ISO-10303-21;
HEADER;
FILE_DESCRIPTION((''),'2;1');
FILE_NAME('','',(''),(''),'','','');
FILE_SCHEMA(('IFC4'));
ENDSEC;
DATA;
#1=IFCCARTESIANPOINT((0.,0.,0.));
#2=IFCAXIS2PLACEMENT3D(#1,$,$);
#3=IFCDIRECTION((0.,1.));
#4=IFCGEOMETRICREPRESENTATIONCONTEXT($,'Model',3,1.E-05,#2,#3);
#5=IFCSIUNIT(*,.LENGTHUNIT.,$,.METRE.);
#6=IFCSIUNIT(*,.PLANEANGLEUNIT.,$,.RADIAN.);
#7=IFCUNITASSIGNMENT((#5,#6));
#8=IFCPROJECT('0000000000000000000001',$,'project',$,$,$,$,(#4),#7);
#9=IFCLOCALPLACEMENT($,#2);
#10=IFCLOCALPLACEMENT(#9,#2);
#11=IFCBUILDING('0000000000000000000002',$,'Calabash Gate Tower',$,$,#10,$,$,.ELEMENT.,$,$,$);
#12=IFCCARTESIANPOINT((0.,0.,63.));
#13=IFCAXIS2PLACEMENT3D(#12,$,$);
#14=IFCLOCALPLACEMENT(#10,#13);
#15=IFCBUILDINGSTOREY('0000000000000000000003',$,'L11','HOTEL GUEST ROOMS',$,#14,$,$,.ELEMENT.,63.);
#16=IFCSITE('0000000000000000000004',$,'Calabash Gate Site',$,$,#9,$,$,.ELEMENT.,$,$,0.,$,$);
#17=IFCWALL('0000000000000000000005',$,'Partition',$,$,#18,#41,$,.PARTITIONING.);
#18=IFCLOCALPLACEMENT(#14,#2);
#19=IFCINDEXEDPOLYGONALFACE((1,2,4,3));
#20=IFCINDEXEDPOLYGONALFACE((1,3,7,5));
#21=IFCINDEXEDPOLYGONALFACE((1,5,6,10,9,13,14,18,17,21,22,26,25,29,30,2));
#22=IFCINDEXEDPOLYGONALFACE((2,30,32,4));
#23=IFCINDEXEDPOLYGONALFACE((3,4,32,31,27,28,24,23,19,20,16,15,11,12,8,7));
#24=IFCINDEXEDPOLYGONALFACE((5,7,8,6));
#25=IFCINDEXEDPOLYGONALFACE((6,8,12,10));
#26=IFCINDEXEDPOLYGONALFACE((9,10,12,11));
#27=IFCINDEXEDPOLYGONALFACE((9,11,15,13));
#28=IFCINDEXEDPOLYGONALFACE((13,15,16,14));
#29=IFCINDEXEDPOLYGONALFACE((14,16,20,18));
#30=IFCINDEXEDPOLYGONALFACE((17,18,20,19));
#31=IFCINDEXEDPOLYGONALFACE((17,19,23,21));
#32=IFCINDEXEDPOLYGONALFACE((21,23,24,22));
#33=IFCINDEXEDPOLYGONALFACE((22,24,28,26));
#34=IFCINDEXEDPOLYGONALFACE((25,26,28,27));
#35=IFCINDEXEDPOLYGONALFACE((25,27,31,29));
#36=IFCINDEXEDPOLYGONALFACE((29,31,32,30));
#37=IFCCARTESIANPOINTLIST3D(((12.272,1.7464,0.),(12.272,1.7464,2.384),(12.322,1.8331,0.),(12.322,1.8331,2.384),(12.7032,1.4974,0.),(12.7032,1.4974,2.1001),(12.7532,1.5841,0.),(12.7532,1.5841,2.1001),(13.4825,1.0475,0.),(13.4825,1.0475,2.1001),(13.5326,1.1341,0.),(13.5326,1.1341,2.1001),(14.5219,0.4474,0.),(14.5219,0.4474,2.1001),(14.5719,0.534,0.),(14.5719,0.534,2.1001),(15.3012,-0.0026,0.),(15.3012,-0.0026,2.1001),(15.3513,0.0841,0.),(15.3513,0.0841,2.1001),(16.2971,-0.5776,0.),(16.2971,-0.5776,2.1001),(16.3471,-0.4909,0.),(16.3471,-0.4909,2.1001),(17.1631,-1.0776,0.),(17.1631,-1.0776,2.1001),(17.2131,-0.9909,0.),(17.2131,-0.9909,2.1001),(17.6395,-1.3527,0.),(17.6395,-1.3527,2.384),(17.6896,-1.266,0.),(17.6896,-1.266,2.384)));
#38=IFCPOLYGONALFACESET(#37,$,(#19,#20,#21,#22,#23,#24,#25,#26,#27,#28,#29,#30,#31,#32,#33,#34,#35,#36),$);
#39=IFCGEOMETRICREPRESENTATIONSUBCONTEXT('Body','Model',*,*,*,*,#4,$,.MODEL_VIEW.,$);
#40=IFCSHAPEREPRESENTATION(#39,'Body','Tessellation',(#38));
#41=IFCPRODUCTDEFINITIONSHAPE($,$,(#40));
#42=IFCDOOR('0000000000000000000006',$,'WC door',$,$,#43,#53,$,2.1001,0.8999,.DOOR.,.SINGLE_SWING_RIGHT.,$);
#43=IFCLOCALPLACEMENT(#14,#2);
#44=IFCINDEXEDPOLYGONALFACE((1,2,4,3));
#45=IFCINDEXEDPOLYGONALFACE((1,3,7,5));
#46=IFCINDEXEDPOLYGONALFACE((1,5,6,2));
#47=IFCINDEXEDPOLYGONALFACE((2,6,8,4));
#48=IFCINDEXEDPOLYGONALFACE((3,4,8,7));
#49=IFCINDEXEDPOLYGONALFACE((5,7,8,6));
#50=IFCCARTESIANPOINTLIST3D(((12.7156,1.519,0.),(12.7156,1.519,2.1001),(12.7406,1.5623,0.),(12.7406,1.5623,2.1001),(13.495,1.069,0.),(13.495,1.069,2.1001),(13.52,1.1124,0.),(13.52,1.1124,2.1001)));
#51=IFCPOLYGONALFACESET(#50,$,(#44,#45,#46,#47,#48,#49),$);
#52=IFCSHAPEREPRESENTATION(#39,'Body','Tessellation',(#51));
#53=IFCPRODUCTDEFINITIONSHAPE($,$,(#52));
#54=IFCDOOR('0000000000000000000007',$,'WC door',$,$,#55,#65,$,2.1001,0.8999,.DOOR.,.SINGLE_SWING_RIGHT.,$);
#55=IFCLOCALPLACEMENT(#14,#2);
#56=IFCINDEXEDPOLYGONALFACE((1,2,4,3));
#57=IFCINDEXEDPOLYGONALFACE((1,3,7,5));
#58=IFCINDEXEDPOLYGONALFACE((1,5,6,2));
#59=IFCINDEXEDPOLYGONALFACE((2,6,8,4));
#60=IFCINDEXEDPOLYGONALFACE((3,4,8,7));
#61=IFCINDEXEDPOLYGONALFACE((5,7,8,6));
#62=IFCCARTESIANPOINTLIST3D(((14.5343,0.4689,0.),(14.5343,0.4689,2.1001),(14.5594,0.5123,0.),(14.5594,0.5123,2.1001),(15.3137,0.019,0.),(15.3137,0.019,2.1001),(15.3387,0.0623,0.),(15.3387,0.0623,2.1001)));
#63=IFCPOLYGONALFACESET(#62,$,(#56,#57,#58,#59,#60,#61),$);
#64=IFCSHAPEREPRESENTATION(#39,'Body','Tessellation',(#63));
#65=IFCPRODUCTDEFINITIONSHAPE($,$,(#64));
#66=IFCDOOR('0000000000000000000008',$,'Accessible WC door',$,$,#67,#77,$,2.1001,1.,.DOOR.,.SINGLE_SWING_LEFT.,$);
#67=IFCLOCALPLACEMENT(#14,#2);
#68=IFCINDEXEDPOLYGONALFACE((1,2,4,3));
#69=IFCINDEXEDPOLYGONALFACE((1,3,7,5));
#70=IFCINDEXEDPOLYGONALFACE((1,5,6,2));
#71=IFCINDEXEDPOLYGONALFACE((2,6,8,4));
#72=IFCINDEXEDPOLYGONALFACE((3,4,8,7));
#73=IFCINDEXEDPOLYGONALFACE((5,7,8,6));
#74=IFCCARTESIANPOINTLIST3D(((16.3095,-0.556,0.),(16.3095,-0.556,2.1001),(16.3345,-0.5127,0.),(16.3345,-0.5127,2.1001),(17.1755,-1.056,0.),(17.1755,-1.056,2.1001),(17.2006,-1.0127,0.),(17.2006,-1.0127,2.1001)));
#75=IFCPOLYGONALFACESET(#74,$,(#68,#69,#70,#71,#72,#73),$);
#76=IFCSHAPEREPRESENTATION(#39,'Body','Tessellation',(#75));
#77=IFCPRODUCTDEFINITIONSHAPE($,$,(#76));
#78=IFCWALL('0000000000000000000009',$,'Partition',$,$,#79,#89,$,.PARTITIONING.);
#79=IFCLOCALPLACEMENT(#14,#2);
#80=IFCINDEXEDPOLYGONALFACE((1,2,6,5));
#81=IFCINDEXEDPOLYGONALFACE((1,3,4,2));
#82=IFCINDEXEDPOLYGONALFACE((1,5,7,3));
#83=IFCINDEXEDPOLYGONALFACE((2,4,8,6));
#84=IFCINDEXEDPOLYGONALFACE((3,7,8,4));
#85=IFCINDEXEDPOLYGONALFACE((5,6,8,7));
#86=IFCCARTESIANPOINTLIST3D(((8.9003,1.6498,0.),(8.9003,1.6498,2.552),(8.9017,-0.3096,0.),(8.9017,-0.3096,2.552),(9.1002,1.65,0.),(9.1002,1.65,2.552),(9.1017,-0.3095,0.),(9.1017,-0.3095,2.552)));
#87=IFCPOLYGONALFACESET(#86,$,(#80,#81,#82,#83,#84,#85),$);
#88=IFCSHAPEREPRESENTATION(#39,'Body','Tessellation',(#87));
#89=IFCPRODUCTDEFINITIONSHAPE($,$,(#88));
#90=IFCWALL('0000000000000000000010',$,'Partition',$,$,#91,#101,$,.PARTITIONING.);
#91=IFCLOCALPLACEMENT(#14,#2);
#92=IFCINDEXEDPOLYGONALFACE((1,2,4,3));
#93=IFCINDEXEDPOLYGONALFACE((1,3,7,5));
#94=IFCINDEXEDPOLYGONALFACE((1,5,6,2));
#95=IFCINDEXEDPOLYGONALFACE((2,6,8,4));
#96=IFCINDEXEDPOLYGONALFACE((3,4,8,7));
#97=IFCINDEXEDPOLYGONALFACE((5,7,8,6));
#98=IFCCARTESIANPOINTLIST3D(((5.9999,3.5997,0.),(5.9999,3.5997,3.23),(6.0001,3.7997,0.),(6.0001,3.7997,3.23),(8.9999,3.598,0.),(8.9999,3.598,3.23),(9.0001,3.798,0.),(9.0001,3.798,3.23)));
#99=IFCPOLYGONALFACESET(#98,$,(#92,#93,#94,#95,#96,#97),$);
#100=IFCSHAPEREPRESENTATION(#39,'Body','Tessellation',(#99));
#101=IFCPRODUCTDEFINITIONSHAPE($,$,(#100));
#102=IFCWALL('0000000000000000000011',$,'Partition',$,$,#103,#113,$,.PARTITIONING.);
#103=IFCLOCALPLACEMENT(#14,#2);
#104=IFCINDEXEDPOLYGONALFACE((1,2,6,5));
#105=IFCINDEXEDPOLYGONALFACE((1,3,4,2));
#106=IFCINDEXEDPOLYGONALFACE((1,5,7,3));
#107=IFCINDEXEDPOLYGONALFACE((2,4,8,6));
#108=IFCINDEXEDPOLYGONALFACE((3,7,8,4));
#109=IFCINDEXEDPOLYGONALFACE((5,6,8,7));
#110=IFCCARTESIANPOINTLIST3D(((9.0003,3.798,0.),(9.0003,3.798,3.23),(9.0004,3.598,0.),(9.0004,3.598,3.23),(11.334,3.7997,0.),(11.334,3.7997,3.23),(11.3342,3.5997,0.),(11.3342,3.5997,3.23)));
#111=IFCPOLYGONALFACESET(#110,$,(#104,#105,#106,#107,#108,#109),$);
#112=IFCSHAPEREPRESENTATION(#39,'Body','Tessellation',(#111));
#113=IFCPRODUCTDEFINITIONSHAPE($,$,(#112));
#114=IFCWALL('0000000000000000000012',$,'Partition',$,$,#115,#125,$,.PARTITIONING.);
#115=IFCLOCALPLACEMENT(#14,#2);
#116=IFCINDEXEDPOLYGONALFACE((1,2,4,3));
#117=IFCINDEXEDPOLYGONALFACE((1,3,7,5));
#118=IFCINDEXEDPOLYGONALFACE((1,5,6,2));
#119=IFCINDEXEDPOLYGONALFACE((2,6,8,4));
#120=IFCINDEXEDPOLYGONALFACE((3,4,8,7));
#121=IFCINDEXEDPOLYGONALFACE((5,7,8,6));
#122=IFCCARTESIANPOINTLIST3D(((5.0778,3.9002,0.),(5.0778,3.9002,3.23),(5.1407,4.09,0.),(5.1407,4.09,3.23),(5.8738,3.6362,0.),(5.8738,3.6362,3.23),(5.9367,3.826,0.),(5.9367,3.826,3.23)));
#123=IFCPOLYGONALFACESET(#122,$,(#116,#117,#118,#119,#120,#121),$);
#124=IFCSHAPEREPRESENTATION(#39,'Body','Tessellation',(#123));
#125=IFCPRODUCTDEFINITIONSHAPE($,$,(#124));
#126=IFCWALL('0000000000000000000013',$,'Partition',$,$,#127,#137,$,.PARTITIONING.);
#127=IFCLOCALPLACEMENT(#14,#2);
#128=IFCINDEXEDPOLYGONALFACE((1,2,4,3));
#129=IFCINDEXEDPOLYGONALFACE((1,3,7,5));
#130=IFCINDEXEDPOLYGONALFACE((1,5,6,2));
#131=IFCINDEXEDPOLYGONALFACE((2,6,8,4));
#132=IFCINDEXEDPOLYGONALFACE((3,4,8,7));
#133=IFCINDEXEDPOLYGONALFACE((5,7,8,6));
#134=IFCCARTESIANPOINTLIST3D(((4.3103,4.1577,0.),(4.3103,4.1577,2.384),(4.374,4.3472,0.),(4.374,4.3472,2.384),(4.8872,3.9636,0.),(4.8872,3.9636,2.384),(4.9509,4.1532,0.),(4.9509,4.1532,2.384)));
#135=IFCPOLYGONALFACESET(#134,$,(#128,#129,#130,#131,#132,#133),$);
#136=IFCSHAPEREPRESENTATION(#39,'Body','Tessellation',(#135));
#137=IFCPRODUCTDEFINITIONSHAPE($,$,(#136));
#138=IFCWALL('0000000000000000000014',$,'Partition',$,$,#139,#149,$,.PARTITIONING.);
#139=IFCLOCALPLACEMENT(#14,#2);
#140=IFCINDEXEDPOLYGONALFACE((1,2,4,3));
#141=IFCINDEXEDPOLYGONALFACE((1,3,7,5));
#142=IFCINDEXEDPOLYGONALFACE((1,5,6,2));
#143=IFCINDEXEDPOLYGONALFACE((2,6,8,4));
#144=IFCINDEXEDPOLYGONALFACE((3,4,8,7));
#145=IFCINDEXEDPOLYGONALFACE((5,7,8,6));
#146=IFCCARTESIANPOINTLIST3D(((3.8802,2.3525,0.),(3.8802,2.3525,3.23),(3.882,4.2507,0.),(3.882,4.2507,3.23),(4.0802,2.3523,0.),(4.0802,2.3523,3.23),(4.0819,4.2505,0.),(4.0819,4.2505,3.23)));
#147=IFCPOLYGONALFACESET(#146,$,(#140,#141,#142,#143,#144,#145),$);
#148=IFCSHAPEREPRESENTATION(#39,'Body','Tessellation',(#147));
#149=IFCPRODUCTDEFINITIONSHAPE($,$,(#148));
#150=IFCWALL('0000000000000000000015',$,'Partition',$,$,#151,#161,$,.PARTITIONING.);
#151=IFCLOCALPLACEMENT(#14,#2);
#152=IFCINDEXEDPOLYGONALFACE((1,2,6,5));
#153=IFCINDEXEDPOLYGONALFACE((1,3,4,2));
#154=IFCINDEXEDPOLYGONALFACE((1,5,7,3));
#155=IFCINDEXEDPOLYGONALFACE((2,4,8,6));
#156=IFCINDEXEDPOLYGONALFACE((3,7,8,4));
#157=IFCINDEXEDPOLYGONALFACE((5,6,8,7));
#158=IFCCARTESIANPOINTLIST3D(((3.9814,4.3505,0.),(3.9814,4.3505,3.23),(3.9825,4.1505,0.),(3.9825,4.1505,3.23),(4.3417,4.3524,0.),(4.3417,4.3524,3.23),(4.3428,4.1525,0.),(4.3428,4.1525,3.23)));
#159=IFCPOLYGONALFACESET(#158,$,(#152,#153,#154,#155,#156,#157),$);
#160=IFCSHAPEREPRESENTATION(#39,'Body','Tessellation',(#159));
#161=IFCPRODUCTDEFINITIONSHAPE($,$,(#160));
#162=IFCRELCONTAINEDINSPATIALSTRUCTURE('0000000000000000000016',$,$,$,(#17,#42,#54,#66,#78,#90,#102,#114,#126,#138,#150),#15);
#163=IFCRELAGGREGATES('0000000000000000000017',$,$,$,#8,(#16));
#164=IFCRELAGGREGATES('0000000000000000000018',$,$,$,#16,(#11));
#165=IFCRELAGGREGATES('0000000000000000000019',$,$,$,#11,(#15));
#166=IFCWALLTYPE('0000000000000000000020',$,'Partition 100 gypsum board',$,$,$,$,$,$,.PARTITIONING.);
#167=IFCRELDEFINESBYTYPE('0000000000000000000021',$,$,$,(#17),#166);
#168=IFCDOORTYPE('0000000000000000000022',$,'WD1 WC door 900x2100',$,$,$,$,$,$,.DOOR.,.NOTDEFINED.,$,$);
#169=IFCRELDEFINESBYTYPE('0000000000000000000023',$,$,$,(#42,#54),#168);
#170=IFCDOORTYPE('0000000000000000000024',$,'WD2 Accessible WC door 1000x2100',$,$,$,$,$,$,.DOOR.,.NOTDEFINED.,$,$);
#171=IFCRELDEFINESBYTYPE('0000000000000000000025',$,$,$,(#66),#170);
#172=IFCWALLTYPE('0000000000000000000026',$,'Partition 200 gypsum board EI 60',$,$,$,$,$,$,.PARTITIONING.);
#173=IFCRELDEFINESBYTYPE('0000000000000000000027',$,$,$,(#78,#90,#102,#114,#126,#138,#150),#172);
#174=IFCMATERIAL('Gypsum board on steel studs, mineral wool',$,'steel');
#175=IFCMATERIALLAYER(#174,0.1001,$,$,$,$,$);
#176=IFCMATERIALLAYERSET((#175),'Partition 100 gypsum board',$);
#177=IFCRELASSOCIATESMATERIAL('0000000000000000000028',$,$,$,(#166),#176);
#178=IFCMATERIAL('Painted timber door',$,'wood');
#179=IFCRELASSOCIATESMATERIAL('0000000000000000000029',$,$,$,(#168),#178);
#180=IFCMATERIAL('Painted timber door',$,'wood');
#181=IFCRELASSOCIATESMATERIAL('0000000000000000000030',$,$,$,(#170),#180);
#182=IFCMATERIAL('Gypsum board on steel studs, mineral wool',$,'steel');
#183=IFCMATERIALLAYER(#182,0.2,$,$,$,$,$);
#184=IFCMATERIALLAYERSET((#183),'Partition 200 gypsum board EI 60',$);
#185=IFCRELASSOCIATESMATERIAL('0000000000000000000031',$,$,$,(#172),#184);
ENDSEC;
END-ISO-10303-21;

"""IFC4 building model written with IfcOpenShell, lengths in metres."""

from ifc_helpers import new_model, si_unit, direction, frame, frame_2d, origin, place, context, subcontext, project, spatial, rectangle, extrude, material, layer, layer_set, type_object, element, fill, save


model = new_model("IFC4")

# Units and contexts
model_context = context("Model", 3, precision=1e-05, world=origin(), true_north=direction((0.0, 1.0)))
body_context = subcontext(model_context, "Body", "Model", "MODEL_VIEW")
ifc_project = project(units=[si_unit("LENGTHUNIT", "METRE"), si_unit("PLANEANGLEUNIT", "RADIAN")], contexts=[model_context])

# Site, building, storey
site_placement = place(None, origin())
site = spatial("IfcSite", under=ifc_project, at=site_placement, Name="Calabash Gate Site", CompositionType="ELEMENT", RefElevation=0.0)
building_placement = place(site_placement, origin())
building = spatial("IfcBuilding", under=site, at=building_placement, Name="Calabash Gate Tower", CompositionType="ELEMENT")
storey_placement = place(building_placement, frame((0.0, 0.0, 63.0)))
storey = spatial("IfcBuildingStorey", under=building, at=storey_placement, Name="L11", Description="HOTEL GUEST ROOMS", CompositionType="ELEMENT", Elevation=63.0)

# Wall, openings, doors
ifc_material_1 = material(Name="Gypsum board on steel studs, mineral wool", Category="steel")
ifc_layer_1 = layer(ifc_material_1, 0.1001)
ifc_layer_set_1 = layer_set([ifc_layer_1], Name="Partition 100 gypsum board")
wall_type_1 = type_object("IfcWallType", Name="Partition 100 gypsum board", PredefinedType="PARTITIONING", material=ifc_layer_set_1)
wall_1_placement = place(storey_placement, frame((12.2969, 1.7898, 0.0), z_axis=(0.0, 0.0, 1.0), x_axis=(0.866019, -0.500011, 0.0)))
wall_1 = element("IfcWall", 1, at=wall_1_placement, inside=storey, type_object=wall_type_1, Name="Partition", PredefinedType="PARTITIONING", context=body_context, shape_type="SweptSolid", body=[
    extrude(rectangle(XDim=6.198, YDim=0.1001, at=frame_2d((3.0991, 0.0))), origin(), (0.0, 0.0, 1.0), 2.384),
])
opening_1_placement = place(wall_1_placement, frame((0.498, 0.0, 0.0)))
opening_1 = element("IfcOpeningElement", 2, at=opening_1_placement, cuts=wall_1, PredefinedType="OPENING", context=body_context, shape_type="SweptSolid", body=[
    extrude(rectangle(XDim=0.8999, YDim=2.1001, at=frame_2d((0.45, 1.05))), frame((0.0, 0.0601, 0.0), z_axis=(0.0, -1.0, 0.0), x_axis=(1.0, 0.0, 0.0)), (0.0, 0.0, 1.0), 0.1201),
])
opening_2_placement = place(wall_1_placement, frame((2.5981, 0.0, 0.0)))
opening_2 = element("IfcOpeningElement", 3, at=opening_2_placement, cuts=wall_1, PredefinedType="OPENING", context=body_context, shape_type="SweptSolid", body=[
    extrude(rectangle(XDim=0.8999, YDim=2.1001, at=frame_2d((0.45, 1.05))), frame((0.0, 0.0601, 0.0), z_axis=(0.0, -1.0, 0.0), x_axis=(1.0, 0.0, 0.0)), (0.0, 0.0, 1.0), 0.1201),
])
opening_3_placement = place(wall_1_placement, frame((4.6479, 0.0, 0.0)))
opening_3 = element("IfcOpeningElement", 4, at=opening_3_placement, cuts=wall_1, PredefinedType="OPENING", context=body_context, shape_type="SweptSolid", body=[
    extrude(rectangle(XDim=1.0, YDim=2.1001, at=frame_2d((0.5, 1.05))), frame((0.0, 0.0601, 0.0), z_axis=(0.0, -1.0, 0.0), x_axis=(1.0, 0.0, 0.0)), (0.0, 0.0, 1.0), 0.1201),
])
ifc_material_2 = material(Name="Painted timber door", Category="wood")
door_type_1 = type_object("IfcDoorType", Name="WD1 WC door 900x2100", OperationType="NOTDEFINED", PredefinedType="DOOR", material=ifc_material_2)
door_1_placement = place(opening_1_placement, origin())
door_1 = element("IfcDoor", 5, at=door_1_placement, inside=storey, type_object=door_type_1, Name="WC door", OperationType="SINGLE_SWING_RIGHT", OverallHeight=2.1001, OverallWidth=0.8999, PredefinedType="DOOR", context=body_context, shape_type="SweptSolid", body=[
    extrude(rectangle(XDim=0.8999, YDim=2.1001, at=frame_2d((0.45, 1.05))), frame((0.0, 0.0249, 0.0), z_axis=(0.0, -1.0, 0.0), x_axis=(1.0, 0.0, 0.0)), (0.0, 0.0, 1.0), 0.05),
])
fill(opening_1, door_1)
door_2_placement = place(opening_2_placement, origin())
door_2 = element("IfcDoor", 6, at=door_2_placement, inside=storey, type_object=door_type_1, Name="WC door", OperationType="SINGLE_SWING_RIGHT", OverallHeight=2.1001, OverallWidth=0.8999, PredefinedType="DOOR", context=body_context, shape_type="SweptSolid", body=[
    extrude(rectangle(XDim=0.8999, YDim=2.1001, at=frame_2d((0.45, 1.05))), frame((0.0, 0.0249, 0.0), z_axis=(0.0, -1.0, 0.0), x_axis=(1.0, 0.0, 0.0)), (0.0, 0.0, 1.0), 0.05),
])
fill(opening_2, door_2)
ifc_material_3 = material(Name="Painted timber door", Category="wood")
door_type_2 = type_object("IfcDoorType", Name="WD2 Accessible WC door 1000x2100", OperationType="NOTDEFINED", PredefinedType="DOOR", material=ifc_material_3)
door_3_placement = place(opening_3_placement, origin())
door_3 = element("IfcDoor", 7, at=door_3_placement, inside=storey, type_object=door_type_2, Name="Accessible WC door", OperationType="SINGLE_SWING_LEFT", OverallHeight=2.1001, OverallWidth=1.0, PredefinedType="DOOR", context=body_context, shape_type="SweptSolid", body=[
    extrude(rectangle(XDim=1.0, YDim=2.1001, at=frame_2d((0.5, 1.05))), frame((0.0, 0.0249, 0.0), z_axis=(0.0, -1.0, 0.0), x_axis=(1.0, 0.0, 0.0)), (0.0, 0.0, 1.0), 0.05),
])
fill(opening_3, door_3)

# Walls
ifc_material_4 = material(Name="Gypsum board on steel studs, mineral wool", Category="steel")
ifc_layer_2 = layer(ifc_material_4, 0.2)
ifc_layer_set_2 = layer_set([ifc_layer_2], Name="Partition 200 gypsum board EI 60")
wall_type_2 = type_object("IfcWallType", Name="Partition 200 gypsum board EI 60", PredefinedType="PARTITIONING", material=ifc_layer_set_2)
wall_2_placement = place(storey_placement, frame((9.0002, 1.6499, 0.0), z_axis=(0.0, 0.0, 1.0), x_axis=(0.000748, -1.0, 0.0)))
element("IfcWall", 8, at=wall_2_placement, inside=storey, type_object=wall_type_2, Name="Partition", PredefinedType="PARTITIONING", context=body_context, shape_type="SweptSolid", body=[
    extrude(rectangle(XDim=1.9595, YDim=0.2, at=frame_2d((0.9797, 0.0))), origin(), (0.0, 0.0, 1.0), 2.552),
])
wall_3_placement = place(storey_placement, frame((6.0, 3.6997, 0.0), z_axis=(0.0, 0.0, 1.0), x_axis=(1.0, -0.00057, 0.0)))
element("IfcWall", 9, at=wall_3_placement, inside=storey, type_object=wall_type_2, Name="Partition", PredefinedType="PARTITIONING", context=body_context, shape_type="SweptSolid", body=[
    extrude(rectangle(XDim=3.0, YDim=0.2, at=frame_2d((1.5, 0.0))), origin(), (0.0, 0.0, 1.0), 3.23),
])
wall_4_placement = place(storey_placement, frame((9.0002, 3.698, 0.0), z_axis=(0.0, 0.0, 1.0), x_axis=(1.0, 0.000732, 0.0)))
element("IfcWall", 10, at=wall_4_placement, inside=storey, type_object=wall_type_2, Name="Partition", PredefinedType="PARTITIONING", context=body_context, shape_type="SweptSolid", body=[
    extrude(rectangle(XDim=2.3337, YDim=0.2, at=frame_2d((1.167, 0.0))), origin(), (0.0, 0.0, 1.0), 3.23),
])
wall_5_placement = place(storey_placement, frame((5.1091, 3.9951, 0.0), z_axis=(0.0, 0.0, 1.0), x_axis=(0.949177, -0.314742, 0.0)))
element("IfcWall", 11, at=wall_5_placement, inside=storey, type_object=wall_type_2, Name="Partition", PredefinedType="PARTITIONING", context=body_context, shape_type="SweptSolid", body=[
    extrude(rectangle(XDim=0.8386, YDim=0.2, at=frame_2d((0.4194, 0.0))), origin(), (0.0, 0.0, 1.0), 3.23),
])
wall_6_placement = place(storey_placement, frame((4.3423, 4.2524, 0.0), z_axis=(0.0, 0.0, 1.0), x_axis=(0.947797, -0.318874, 0.0)))
element("IfcWall", 12, at=wall_6_placement, inside=storey, type_object=wall_type_2, Name="Partition", PredefinedType="PARTITIONING", context=body_context, shape_type="SweptSolid", body=[
    extrude(rectangle(XDim=0.6086, YDim=0.2, at=frame_2d((0.3042, 0.0))), origin(), (0.0, 0.0, 1.0), 2.384),
])
wall_7_placement = place(storey_placement, frame((3.9802, 2.3523, 0.0), z_axis=(0.0, 0.0, 1.0), x_axis=(0.0009, 1.0, 0.0)))
element("IfcWall", 13, at=wall_7_placement, inside=storey, type_object=wall_type_2, Name="Partition", PredefinedType="PARTITIONING", context=body_context, shape_type="SweptSolid", body=[
    extrude(rectangle(XDim=1.8982, YDim=0.2, at=frame_2d((0.9492, 0.0))), origin(), (0.0, 0.0, 1.0), 3.23),
])
wall_8_placement = place(storey_placement, frame((3.9819, 4.2505, 0.0), z_axis=(0.0, 0.0, 1.0), x_axis=(0.999985, 0.00542, 0.0)))
element("IfcWall", 14, at=wall_8_placement, inside=storey, type_object=wall_type_2, Name="Partition", PredefinedType="PARTITIONING", context=body_context, shape_type="SweptSolid", body=[
    extrude(rectangle(XDim=0.3604, YDim=0.2, at=frame_2d((0.1802, 0.0))), origin(), (0.0, 0.0, 1.0), 3.23),
])

save(model, "model.ifc")
